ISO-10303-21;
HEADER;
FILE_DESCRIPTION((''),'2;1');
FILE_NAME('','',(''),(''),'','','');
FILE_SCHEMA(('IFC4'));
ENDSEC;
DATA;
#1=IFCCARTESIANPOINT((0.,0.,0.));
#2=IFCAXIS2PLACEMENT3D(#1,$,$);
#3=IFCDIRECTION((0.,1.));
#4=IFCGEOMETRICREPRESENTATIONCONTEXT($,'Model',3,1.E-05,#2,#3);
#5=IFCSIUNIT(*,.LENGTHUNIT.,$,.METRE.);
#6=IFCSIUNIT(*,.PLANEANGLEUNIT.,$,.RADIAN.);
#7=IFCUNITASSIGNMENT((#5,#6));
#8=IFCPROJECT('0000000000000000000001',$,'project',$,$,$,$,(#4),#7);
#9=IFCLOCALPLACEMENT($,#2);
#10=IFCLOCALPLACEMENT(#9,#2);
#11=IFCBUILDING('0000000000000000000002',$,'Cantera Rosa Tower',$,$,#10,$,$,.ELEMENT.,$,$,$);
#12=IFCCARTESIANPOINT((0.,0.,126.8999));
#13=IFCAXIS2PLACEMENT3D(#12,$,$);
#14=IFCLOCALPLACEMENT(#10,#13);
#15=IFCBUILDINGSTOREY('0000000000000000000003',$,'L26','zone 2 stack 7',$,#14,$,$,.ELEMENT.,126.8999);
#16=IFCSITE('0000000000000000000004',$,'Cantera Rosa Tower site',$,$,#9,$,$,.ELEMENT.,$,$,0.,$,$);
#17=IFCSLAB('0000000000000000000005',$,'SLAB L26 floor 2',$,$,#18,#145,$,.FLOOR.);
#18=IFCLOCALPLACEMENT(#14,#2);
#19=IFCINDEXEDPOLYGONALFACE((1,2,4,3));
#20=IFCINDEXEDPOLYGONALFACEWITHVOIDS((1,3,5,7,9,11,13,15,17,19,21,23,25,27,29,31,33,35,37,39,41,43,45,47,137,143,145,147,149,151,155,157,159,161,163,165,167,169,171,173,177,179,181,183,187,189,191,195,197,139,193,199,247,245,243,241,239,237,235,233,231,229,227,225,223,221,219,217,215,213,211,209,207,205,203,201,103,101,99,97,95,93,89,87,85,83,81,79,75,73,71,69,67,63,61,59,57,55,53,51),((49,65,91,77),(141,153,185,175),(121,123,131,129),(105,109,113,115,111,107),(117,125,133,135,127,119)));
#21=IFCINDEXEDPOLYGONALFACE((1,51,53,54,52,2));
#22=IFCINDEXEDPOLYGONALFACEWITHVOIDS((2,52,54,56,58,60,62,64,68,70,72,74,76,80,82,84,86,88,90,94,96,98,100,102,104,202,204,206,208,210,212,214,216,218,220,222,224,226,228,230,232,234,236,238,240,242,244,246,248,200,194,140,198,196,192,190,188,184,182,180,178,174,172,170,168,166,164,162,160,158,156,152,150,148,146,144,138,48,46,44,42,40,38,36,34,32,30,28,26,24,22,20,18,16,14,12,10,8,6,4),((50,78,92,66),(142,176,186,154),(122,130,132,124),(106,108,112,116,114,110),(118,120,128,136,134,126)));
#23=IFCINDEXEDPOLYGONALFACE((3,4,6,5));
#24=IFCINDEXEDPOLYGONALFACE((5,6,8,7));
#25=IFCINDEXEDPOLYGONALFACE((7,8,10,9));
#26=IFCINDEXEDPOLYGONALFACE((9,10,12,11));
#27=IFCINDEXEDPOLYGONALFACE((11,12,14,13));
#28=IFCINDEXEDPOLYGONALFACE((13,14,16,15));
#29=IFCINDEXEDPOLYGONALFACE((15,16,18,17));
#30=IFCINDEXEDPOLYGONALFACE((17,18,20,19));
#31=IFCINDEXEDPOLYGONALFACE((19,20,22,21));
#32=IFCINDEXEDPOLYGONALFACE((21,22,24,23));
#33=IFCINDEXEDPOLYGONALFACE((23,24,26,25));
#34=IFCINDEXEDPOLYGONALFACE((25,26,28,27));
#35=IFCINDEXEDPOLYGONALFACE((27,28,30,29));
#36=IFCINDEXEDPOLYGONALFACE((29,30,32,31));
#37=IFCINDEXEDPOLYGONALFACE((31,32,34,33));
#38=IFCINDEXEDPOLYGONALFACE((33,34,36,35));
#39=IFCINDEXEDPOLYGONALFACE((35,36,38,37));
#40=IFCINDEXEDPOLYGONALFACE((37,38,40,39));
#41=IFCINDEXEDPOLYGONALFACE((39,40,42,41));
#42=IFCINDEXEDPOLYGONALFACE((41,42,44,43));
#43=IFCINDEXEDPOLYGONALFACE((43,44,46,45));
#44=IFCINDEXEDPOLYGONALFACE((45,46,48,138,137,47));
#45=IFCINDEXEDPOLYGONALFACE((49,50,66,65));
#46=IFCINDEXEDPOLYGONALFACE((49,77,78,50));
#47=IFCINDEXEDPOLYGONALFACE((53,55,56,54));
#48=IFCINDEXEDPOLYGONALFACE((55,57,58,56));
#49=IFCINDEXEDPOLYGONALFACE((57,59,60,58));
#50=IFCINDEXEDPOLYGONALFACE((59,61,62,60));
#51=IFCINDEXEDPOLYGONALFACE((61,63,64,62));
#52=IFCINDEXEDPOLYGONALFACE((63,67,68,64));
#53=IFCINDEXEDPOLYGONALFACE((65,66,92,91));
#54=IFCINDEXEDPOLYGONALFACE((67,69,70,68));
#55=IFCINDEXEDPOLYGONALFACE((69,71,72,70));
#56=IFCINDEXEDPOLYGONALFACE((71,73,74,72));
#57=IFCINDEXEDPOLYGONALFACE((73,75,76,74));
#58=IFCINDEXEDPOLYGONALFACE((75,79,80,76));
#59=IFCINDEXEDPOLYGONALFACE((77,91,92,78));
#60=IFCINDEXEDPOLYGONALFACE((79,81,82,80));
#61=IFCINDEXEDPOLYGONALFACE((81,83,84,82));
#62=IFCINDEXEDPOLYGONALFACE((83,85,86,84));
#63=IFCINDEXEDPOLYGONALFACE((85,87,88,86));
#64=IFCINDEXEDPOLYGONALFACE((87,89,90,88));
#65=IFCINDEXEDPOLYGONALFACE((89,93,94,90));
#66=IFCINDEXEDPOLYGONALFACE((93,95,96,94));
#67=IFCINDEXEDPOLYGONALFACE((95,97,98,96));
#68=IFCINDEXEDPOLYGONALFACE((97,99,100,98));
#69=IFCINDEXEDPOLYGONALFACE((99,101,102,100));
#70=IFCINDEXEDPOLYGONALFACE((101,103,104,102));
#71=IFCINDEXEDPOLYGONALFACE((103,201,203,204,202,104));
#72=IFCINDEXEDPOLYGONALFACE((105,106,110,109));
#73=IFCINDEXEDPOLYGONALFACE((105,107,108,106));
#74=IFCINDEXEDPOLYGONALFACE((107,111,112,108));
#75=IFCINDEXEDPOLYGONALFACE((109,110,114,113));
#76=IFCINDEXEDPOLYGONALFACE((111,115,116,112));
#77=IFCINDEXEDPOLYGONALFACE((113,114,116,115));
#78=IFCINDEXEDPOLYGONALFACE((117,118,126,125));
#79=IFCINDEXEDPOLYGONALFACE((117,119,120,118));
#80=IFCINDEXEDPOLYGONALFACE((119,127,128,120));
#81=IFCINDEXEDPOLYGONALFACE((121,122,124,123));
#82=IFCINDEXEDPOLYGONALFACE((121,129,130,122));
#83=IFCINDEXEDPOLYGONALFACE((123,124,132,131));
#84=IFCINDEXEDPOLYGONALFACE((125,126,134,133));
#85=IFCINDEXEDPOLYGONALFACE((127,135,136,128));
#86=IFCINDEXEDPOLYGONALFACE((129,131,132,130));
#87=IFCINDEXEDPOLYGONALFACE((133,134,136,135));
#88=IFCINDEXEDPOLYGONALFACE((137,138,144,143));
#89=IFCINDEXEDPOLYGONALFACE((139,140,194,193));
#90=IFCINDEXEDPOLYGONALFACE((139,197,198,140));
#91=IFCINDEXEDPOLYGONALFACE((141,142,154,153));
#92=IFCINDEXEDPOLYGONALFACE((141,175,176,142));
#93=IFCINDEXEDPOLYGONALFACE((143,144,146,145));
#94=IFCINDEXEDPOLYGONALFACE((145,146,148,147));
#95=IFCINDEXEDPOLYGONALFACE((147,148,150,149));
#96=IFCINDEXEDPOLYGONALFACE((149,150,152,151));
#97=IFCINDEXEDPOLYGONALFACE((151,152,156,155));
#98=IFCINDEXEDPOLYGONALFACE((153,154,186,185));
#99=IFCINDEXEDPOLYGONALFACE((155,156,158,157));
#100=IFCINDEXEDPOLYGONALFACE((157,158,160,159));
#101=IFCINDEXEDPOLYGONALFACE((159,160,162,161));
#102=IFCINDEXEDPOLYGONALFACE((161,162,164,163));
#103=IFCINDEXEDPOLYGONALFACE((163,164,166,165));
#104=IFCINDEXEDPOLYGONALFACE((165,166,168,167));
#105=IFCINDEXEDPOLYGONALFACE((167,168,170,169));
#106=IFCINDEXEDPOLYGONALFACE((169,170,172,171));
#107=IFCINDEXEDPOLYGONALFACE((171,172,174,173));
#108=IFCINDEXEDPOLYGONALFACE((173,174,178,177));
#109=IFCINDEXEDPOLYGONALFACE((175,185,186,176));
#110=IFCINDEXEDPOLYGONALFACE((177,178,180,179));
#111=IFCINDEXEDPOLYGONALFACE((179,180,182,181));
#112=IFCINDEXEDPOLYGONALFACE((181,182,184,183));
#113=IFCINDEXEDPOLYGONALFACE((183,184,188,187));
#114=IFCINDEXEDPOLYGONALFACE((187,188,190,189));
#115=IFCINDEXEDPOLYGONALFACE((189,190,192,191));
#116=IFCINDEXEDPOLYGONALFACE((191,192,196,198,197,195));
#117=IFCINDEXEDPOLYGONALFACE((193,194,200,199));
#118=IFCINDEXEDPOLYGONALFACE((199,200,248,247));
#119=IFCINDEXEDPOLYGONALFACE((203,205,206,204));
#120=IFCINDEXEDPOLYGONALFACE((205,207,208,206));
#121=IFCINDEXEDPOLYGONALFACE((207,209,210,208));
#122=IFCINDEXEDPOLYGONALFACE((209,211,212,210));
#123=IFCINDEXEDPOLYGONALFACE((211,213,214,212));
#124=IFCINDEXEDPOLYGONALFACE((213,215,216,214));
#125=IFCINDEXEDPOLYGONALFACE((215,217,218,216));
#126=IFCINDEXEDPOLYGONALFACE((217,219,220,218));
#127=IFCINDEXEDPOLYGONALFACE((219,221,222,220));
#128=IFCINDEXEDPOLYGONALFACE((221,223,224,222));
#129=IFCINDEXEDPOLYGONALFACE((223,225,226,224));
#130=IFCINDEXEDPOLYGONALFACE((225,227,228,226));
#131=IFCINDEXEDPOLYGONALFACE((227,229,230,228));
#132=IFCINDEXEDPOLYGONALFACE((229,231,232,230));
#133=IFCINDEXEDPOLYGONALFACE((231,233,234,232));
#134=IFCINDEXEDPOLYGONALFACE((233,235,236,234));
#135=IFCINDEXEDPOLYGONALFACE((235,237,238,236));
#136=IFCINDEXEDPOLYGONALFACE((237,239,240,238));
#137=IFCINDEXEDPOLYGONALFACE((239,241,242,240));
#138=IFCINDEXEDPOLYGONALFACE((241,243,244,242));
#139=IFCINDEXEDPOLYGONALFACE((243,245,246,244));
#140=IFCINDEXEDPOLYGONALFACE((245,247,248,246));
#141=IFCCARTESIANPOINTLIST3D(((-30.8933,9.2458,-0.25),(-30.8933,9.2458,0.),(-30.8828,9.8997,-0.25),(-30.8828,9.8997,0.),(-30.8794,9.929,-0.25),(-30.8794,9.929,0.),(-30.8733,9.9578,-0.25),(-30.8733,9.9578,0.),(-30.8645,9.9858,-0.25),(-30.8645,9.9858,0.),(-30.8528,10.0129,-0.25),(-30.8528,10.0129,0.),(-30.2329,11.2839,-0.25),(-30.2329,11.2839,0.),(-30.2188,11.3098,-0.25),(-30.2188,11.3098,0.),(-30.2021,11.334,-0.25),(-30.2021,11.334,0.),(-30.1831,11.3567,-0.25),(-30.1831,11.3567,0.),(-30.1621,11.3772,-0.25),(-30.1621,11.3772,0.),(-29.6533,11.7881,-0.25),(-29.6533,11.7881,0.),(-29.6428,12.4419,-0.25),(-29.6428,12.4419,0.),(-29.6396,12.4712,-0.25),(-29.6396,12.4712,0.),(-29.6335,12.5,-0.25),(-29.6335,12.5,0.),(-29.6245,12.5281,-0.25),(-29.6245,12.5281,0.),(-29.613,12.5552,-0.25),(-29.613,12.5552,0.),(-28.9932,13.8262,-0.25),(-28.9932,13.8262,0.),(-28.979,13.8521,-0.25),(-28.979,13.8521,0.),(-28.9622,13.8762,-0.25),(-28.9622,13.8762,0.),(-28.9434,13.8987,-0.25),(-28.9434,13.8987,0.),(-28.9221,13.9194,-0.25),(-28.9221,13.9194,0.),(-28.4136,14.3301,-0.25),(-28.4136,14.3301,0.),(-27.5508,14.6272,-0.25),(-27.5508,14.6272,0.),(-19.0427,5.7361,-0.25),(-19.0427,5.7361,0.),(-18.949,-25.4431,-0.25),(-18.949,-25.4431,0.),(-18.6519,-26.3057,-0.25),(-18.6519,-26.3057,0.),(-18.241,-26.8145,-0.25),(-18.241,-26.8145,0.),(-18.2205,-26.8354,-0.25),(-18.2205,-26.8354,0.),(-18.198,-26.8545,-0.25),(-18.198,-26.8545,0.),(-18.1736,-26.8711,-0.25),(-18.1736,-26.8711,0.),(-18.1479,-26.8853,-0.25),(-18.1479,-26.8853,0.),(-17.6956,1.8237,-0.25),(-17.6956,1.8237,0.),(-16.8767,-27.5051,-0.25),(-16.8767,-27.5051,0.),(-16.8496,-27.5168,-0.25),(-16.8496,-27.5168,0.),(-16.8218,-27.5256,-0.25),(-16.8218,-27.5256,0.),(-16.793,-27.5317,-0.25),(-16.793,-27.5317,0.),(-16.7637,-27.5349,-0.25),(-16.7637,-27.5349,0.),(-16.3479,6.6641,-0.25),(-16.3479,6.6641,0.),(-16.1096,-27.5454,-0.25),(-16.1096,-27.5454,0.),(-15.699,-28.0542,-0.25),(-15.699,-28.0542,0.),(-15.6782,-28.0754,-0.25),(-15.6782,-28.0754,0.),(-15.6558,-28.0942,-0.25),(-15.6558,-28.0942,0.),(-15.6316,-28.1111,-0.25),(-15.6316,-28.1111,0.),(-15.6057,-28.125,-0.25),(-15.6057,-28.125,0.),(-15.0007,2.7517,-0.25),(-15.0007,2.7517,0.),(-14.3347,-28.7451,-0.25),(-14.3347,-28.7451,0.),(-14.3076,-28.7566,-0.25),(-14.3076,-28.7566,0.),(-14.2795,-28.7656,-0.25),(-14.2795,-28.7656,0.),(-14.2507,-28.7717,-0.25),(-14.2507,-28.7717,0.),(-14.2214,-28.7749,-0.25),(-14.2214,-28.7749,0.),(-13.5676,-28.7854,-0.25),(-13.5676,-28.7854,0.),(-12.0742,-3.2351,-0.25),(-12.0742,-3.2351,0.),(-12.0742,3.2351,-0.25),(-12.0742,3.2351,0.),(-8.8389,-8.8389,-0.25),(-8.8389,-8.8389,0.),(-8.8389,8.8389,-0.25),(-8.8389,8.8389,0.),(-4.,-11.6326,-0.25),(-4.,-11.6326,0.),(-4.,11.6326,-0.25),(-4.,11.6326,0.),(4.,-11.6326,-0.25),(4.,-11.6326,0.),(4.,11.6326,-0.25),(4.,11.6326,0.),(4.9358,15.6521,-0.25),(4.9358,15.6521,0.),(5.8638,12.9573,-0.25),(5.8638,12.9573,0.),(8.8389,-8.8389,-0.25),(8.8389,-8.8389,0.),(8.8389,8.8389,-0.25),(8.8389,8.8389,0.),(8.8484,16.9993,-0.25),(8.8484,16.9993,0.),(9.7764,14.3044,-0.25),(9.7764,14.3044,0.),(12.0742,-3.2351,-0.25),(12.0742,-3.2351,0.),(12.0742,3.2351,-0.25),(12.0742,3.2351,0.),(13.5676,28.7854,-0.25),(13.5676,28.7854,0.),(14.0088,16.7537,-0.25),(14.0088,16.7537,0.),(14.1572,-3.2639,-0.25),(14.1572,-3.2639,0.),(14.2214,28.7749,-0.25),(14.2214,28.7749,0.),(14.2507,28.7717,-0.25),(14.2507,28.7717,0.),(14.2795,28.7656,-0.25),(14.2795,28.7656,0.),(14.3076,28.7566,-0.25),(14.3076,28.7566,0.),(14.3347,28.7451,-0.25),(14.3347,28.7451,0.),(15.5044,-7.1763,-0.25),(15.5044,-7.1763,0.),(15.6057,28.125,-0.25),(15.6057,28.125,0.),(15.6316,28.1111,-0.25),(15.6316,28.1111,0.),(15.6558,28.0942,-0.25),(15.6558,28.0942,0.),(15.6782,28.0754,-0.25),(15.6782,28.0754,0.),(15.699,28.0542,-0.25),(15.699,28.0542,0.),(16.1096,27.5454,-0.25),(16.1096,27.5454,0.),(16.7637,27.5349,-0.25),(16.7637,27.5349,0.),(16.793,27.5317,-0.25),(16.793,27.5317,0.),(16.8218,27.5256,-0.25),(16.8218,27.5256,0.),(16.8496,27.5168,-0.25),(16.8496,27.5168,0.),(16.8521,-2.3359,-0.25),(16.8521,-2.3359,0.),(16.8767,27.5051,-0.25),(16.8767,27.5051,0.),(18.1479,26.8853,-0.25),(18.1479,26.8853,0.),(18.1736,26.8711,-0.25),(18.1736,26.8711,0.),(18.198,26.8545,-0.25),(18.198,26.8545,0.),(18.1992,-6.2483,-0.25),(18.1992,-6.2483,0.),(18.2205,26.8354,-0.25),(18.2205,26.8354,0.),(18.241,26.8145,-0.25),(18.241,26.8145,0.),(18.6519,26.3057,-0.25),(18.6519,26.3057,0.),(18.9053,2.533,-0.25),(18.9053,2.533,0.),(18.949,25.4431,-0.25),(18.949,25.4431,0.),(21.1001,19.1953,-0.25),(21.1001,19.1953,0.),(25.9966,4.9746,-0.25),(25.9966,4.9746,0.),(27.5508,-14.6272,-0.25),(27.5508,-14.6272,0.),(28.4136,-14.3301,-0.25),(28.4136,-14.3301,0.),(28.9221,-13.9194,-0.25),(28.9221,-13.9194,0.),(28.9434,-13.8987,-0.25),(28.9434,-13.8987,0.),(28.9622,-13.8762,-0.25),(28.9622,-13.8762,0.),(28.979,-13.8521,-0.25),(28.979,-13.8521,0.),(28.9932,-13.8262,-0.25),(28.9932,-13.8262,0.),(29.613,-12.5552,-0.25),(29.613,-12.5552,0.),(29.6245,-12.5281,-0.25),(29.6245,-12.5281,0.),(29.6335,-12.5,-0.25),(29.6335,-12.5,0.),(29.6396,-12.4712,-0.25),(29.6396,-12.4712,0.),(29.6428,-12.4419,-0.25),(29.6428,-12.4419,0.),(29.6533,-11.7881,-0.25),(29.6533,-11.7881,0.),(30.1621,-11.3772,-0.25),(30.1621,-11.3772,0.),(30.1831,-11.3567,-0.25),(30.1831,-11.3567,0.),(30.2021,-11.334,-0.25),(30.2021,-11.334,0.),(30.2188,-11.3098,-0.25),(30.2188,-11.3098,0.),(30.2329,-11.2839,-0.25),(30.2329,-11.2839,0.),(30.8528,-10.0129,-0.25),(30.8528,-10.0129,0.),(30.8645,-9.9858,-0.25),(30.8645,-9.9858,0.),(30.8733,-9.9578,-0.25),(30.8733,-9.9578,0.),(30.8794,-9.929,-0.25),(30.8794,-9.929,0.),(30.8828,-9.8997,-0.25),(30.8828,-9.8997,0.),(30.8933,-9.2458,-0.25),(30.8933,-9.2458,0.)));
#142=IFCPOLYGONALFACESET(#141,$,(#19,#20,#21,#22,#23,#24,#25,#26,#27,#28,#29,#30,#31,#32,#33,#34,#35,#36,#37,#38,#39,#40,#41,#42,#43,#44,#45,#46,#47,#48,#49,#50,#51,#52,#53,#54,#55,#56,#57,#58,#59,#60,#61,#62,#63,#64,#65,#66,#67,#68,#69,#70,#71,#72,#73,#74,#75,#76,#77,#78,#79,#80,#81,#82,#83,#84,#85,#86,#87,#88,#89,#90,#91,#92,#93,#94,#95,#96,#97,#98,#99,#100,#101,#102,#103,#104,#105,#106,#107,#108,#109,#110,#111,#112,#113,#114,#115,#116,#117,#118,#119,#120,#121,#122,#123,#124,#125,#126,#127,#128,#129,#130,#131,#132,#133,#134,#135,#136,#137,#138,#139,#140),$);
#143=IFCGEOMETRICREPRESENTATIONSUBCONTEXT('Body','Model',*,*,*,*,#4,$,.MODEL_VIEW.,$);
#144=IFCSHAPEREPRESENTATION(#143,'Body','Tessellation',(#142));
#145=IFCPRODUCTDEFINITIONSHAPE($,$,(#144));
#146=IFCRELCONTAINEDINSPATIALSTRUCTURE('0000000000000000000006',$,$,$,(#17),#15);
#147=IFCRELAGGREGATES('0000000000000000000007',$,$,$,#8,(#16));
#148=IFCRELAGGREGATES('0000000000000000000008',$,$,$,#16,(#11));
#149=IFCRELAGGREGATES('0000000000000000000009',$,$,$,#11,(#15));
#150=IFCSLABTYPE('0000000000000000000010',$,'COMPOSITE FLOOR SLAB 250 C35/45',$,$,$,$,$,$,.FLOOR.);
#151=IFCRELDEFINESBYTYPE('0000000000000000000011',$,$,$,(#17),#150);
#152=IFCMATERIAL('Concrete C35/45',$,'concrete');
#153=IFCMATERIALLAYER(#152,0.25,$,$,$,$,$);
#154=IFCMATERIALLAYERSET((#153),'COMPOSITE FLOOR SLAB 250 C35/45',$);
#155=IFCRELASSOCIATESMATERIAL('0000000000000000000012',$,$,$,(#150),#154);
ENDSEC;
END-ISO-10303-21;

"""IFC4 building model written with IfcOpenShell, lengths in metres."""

from ifc_helpers import new_model, si_unit, direction, frame, origin, place, context, subcontext, project, spatial, polyline, outline, extrude, material, layer, layer_set, type_object, element, save


model = new_model("IFC4")

# Units and contexts
model_context = context("Model", 3, precision=1e-05, world=origin(), true_north=direction((0.0, 1.0)))
body_context = subcontext(model_context, "Body", "Model", "MODEL_VIEW")
ifc_project = project(units=[si_unit("LENGTHUNIT", "METRE"), si_unit("PLANEANGLEUNIT", "RADIAN")], contexts=[model_context])

# Site, building, storey
site_placement = place(None, origin())
site = spatial("IfcSite", under=ifc_project, at=site_placement, Name="Cantera Rosa Tower site", CompositionType="ELEMENT", RefElevation=0.0)
building_placement = place(site_placement, origin())
building = spatial("IfcBuilding", under=site, at=building_placement, Name="Cantera Rosa Tower", CompositionType="ELEMENT")
storey_placement = place(building_placement, frame((0.0, 0.0, 126.8999)))
storey = spatial("IfcBuildingStorey", under=building, at=storey_placement, Name="L26", Description="zone 2 stack 7", CompositionType="ELEMENT", Elevation=126.8999)

# Slab
ifc_material_1 = material(Name="Concrete C35/45", Category="concrete")
ifc_layer_1 = layer(ifc_material_1, 0.25)
ifc_layer_set_1 = layer_set([ifc_layer_1], Name="COMPOSITE FLOOR SLAB 250 C35/45")
slab_type_1 = type_object("IfcSlabType", Name="COMPOSITE FLOOR SLAB 250 C35/45", PredefinedType="FLOOR", material=ifc_layer_set_1)
slab_1_placement = place(storey_placement, frame((0.0, 0.0, -0.25)))
element("IfcSlab", 1, at=slab_1_placement, inside=storey, type_object=slab_type_1, Name="SLAB L26 floor 2", PredefinedType="FLOOR", context=body_context, shape_type="SweptSolid", body=[
    extrude(outline(polyline([(-14.3347, -28.7451), (-15.6057, -28.125), (-15.6316, -28.1111), (-15.6558, -28.0942), (-15.6782, -28.0754), (-15.699, -28.0542), (-16.1096, -27.5454), (-16.7637, -27.5349), (-16.793, -27.5317), (-16.8218, -27.5256), (-16.8496, -27.5168), (-16.8767, -27.5051), (-18.1479, -26.8853), (-18.1736, -26.8711), (-18.198, -26.8545), (-18.2205, -26.8354), (-18.241, -26.8145), (-18.6519, -26.3057), (-18.949, -25.4431), (-30.8933, 9.2458), (-30.8828, 9.8997), (-30.8794, 9.929), (-30.8733, 9.9578), (-30.8645, 9.9858), (-30.8528, 10.0129), (-30.2329, 11.2839), (-30.2188, 11.3098), (-30.2021, 11.334), (-30.1831, 11.3567), (-30.1621, 11.3772), (-29.6533, 11.7881), (-29.6428, 12.4419), (-29.6396, 12.4712), (-29.6335, 12.5), (-29.6245, 12.5281), (-29.613, 12.5552), (-28.9932, 13.8262), (-28.979, 13.8521), (-28.9622, 13.8762), (-28.9434, 13.8987), (-28.9221, 13.9194), (-28.4136, 14.3301), (-27.5508, 14.6272), (13.5676, 28.7854), (14.2214, 28.7749), (14.2507, 28.7717), (14.2795, 28.7656), (14.3076, 28.7566), (14.3347, 28.7451), (15.6057, 28.125), (15.6316, 28.1111), (15.6558, 28.0942), (15.6782, 28.0754), (15.699, 28.0542), (16.1096, 27.5454), (16.7637, 27.5349), (16.793, 27.5317), (16.8218, 27.5256), (16.8496, 27.5168), (16.8767, 27.5051), (18.1479, 26.8853), (18.1736, 26.8711), (18.198, 26.8545), (18.2205, 26.8354), (18.241, 26.8145), (18.6519, 26.3057), (18.949, 25.4431), (21.1001, 19.1953), (14.0088, 16.7537), (18.9053, 2.533), (25.9966, 4.9746), (30.8933, -9.2458), (30.8828, -9.8997), (30.8794, -9.929), (30.8733, -9.9578), (30.8645, -9.9858), (30.8528, -10.0129), (30.2329, -11.2839), (30.2188, -11.3098), (30.2021, -11.334), (30.1831, -11.3567), (30.1621, -11.3772), (29.6533, -11.7881), (29.6428, -12.4419), (29.6396, -12.4712), (29.6335, -12.5), (29.6245, -12.5281), (29.613, -12.5552), (28.9932, -13.8262), (28.979, -13.8521), (28.9622, -13.8762), (28.9434, -13.8987), (28.9221, -13.9194), (28.4136, -14.3301), (27.5508, -14.6272), (-13.5676, -28.7854), (-14.2214, -28.7749), (-14.2507, -28.7717), (-14.2795, -28.7656), (-14.3076, -28.7566), (-14.3347, -28.7451)]), holes=[polyline([(-8.8389, 8.8389), (-12.0742, 3.2351), (-12.0742, -3.2351), (-8.8389, -8.8389), (-4.0, -11.6326), (-4.0, 11.6326), (-8.8389, 8.8389)]), polyline([(-15.0007, 2.7517), (-16.3479, 6.6641), (-19.0427, 5.7361), (-17.6956, 1.8237), (-15.0007, 2.7517)]), polyline([(18.1992, -6.2483), (16.8521, -2.3359), (14.1572, -3.2639), (15.5044, -7.1763), (18.1992, -6.2483)]), polyline([(8.8389, -8.8389), (12.0742, -3.2351), (12.0742, 3.2351), (8.8389, 8.8389), (4.0, 11.6326), (4.0, -11.6326), (8.8389, -8.8389)]), polyline([(9.7764, 14.3044), (8.8484, 16.9993), (4.9358, 15.6521), (5.8638, 12.9573), (9.7764, 14.3044)])]), origin(), (0.0, 0.0, 1.0), 0.25),
])

save(model, "model.ifc")
